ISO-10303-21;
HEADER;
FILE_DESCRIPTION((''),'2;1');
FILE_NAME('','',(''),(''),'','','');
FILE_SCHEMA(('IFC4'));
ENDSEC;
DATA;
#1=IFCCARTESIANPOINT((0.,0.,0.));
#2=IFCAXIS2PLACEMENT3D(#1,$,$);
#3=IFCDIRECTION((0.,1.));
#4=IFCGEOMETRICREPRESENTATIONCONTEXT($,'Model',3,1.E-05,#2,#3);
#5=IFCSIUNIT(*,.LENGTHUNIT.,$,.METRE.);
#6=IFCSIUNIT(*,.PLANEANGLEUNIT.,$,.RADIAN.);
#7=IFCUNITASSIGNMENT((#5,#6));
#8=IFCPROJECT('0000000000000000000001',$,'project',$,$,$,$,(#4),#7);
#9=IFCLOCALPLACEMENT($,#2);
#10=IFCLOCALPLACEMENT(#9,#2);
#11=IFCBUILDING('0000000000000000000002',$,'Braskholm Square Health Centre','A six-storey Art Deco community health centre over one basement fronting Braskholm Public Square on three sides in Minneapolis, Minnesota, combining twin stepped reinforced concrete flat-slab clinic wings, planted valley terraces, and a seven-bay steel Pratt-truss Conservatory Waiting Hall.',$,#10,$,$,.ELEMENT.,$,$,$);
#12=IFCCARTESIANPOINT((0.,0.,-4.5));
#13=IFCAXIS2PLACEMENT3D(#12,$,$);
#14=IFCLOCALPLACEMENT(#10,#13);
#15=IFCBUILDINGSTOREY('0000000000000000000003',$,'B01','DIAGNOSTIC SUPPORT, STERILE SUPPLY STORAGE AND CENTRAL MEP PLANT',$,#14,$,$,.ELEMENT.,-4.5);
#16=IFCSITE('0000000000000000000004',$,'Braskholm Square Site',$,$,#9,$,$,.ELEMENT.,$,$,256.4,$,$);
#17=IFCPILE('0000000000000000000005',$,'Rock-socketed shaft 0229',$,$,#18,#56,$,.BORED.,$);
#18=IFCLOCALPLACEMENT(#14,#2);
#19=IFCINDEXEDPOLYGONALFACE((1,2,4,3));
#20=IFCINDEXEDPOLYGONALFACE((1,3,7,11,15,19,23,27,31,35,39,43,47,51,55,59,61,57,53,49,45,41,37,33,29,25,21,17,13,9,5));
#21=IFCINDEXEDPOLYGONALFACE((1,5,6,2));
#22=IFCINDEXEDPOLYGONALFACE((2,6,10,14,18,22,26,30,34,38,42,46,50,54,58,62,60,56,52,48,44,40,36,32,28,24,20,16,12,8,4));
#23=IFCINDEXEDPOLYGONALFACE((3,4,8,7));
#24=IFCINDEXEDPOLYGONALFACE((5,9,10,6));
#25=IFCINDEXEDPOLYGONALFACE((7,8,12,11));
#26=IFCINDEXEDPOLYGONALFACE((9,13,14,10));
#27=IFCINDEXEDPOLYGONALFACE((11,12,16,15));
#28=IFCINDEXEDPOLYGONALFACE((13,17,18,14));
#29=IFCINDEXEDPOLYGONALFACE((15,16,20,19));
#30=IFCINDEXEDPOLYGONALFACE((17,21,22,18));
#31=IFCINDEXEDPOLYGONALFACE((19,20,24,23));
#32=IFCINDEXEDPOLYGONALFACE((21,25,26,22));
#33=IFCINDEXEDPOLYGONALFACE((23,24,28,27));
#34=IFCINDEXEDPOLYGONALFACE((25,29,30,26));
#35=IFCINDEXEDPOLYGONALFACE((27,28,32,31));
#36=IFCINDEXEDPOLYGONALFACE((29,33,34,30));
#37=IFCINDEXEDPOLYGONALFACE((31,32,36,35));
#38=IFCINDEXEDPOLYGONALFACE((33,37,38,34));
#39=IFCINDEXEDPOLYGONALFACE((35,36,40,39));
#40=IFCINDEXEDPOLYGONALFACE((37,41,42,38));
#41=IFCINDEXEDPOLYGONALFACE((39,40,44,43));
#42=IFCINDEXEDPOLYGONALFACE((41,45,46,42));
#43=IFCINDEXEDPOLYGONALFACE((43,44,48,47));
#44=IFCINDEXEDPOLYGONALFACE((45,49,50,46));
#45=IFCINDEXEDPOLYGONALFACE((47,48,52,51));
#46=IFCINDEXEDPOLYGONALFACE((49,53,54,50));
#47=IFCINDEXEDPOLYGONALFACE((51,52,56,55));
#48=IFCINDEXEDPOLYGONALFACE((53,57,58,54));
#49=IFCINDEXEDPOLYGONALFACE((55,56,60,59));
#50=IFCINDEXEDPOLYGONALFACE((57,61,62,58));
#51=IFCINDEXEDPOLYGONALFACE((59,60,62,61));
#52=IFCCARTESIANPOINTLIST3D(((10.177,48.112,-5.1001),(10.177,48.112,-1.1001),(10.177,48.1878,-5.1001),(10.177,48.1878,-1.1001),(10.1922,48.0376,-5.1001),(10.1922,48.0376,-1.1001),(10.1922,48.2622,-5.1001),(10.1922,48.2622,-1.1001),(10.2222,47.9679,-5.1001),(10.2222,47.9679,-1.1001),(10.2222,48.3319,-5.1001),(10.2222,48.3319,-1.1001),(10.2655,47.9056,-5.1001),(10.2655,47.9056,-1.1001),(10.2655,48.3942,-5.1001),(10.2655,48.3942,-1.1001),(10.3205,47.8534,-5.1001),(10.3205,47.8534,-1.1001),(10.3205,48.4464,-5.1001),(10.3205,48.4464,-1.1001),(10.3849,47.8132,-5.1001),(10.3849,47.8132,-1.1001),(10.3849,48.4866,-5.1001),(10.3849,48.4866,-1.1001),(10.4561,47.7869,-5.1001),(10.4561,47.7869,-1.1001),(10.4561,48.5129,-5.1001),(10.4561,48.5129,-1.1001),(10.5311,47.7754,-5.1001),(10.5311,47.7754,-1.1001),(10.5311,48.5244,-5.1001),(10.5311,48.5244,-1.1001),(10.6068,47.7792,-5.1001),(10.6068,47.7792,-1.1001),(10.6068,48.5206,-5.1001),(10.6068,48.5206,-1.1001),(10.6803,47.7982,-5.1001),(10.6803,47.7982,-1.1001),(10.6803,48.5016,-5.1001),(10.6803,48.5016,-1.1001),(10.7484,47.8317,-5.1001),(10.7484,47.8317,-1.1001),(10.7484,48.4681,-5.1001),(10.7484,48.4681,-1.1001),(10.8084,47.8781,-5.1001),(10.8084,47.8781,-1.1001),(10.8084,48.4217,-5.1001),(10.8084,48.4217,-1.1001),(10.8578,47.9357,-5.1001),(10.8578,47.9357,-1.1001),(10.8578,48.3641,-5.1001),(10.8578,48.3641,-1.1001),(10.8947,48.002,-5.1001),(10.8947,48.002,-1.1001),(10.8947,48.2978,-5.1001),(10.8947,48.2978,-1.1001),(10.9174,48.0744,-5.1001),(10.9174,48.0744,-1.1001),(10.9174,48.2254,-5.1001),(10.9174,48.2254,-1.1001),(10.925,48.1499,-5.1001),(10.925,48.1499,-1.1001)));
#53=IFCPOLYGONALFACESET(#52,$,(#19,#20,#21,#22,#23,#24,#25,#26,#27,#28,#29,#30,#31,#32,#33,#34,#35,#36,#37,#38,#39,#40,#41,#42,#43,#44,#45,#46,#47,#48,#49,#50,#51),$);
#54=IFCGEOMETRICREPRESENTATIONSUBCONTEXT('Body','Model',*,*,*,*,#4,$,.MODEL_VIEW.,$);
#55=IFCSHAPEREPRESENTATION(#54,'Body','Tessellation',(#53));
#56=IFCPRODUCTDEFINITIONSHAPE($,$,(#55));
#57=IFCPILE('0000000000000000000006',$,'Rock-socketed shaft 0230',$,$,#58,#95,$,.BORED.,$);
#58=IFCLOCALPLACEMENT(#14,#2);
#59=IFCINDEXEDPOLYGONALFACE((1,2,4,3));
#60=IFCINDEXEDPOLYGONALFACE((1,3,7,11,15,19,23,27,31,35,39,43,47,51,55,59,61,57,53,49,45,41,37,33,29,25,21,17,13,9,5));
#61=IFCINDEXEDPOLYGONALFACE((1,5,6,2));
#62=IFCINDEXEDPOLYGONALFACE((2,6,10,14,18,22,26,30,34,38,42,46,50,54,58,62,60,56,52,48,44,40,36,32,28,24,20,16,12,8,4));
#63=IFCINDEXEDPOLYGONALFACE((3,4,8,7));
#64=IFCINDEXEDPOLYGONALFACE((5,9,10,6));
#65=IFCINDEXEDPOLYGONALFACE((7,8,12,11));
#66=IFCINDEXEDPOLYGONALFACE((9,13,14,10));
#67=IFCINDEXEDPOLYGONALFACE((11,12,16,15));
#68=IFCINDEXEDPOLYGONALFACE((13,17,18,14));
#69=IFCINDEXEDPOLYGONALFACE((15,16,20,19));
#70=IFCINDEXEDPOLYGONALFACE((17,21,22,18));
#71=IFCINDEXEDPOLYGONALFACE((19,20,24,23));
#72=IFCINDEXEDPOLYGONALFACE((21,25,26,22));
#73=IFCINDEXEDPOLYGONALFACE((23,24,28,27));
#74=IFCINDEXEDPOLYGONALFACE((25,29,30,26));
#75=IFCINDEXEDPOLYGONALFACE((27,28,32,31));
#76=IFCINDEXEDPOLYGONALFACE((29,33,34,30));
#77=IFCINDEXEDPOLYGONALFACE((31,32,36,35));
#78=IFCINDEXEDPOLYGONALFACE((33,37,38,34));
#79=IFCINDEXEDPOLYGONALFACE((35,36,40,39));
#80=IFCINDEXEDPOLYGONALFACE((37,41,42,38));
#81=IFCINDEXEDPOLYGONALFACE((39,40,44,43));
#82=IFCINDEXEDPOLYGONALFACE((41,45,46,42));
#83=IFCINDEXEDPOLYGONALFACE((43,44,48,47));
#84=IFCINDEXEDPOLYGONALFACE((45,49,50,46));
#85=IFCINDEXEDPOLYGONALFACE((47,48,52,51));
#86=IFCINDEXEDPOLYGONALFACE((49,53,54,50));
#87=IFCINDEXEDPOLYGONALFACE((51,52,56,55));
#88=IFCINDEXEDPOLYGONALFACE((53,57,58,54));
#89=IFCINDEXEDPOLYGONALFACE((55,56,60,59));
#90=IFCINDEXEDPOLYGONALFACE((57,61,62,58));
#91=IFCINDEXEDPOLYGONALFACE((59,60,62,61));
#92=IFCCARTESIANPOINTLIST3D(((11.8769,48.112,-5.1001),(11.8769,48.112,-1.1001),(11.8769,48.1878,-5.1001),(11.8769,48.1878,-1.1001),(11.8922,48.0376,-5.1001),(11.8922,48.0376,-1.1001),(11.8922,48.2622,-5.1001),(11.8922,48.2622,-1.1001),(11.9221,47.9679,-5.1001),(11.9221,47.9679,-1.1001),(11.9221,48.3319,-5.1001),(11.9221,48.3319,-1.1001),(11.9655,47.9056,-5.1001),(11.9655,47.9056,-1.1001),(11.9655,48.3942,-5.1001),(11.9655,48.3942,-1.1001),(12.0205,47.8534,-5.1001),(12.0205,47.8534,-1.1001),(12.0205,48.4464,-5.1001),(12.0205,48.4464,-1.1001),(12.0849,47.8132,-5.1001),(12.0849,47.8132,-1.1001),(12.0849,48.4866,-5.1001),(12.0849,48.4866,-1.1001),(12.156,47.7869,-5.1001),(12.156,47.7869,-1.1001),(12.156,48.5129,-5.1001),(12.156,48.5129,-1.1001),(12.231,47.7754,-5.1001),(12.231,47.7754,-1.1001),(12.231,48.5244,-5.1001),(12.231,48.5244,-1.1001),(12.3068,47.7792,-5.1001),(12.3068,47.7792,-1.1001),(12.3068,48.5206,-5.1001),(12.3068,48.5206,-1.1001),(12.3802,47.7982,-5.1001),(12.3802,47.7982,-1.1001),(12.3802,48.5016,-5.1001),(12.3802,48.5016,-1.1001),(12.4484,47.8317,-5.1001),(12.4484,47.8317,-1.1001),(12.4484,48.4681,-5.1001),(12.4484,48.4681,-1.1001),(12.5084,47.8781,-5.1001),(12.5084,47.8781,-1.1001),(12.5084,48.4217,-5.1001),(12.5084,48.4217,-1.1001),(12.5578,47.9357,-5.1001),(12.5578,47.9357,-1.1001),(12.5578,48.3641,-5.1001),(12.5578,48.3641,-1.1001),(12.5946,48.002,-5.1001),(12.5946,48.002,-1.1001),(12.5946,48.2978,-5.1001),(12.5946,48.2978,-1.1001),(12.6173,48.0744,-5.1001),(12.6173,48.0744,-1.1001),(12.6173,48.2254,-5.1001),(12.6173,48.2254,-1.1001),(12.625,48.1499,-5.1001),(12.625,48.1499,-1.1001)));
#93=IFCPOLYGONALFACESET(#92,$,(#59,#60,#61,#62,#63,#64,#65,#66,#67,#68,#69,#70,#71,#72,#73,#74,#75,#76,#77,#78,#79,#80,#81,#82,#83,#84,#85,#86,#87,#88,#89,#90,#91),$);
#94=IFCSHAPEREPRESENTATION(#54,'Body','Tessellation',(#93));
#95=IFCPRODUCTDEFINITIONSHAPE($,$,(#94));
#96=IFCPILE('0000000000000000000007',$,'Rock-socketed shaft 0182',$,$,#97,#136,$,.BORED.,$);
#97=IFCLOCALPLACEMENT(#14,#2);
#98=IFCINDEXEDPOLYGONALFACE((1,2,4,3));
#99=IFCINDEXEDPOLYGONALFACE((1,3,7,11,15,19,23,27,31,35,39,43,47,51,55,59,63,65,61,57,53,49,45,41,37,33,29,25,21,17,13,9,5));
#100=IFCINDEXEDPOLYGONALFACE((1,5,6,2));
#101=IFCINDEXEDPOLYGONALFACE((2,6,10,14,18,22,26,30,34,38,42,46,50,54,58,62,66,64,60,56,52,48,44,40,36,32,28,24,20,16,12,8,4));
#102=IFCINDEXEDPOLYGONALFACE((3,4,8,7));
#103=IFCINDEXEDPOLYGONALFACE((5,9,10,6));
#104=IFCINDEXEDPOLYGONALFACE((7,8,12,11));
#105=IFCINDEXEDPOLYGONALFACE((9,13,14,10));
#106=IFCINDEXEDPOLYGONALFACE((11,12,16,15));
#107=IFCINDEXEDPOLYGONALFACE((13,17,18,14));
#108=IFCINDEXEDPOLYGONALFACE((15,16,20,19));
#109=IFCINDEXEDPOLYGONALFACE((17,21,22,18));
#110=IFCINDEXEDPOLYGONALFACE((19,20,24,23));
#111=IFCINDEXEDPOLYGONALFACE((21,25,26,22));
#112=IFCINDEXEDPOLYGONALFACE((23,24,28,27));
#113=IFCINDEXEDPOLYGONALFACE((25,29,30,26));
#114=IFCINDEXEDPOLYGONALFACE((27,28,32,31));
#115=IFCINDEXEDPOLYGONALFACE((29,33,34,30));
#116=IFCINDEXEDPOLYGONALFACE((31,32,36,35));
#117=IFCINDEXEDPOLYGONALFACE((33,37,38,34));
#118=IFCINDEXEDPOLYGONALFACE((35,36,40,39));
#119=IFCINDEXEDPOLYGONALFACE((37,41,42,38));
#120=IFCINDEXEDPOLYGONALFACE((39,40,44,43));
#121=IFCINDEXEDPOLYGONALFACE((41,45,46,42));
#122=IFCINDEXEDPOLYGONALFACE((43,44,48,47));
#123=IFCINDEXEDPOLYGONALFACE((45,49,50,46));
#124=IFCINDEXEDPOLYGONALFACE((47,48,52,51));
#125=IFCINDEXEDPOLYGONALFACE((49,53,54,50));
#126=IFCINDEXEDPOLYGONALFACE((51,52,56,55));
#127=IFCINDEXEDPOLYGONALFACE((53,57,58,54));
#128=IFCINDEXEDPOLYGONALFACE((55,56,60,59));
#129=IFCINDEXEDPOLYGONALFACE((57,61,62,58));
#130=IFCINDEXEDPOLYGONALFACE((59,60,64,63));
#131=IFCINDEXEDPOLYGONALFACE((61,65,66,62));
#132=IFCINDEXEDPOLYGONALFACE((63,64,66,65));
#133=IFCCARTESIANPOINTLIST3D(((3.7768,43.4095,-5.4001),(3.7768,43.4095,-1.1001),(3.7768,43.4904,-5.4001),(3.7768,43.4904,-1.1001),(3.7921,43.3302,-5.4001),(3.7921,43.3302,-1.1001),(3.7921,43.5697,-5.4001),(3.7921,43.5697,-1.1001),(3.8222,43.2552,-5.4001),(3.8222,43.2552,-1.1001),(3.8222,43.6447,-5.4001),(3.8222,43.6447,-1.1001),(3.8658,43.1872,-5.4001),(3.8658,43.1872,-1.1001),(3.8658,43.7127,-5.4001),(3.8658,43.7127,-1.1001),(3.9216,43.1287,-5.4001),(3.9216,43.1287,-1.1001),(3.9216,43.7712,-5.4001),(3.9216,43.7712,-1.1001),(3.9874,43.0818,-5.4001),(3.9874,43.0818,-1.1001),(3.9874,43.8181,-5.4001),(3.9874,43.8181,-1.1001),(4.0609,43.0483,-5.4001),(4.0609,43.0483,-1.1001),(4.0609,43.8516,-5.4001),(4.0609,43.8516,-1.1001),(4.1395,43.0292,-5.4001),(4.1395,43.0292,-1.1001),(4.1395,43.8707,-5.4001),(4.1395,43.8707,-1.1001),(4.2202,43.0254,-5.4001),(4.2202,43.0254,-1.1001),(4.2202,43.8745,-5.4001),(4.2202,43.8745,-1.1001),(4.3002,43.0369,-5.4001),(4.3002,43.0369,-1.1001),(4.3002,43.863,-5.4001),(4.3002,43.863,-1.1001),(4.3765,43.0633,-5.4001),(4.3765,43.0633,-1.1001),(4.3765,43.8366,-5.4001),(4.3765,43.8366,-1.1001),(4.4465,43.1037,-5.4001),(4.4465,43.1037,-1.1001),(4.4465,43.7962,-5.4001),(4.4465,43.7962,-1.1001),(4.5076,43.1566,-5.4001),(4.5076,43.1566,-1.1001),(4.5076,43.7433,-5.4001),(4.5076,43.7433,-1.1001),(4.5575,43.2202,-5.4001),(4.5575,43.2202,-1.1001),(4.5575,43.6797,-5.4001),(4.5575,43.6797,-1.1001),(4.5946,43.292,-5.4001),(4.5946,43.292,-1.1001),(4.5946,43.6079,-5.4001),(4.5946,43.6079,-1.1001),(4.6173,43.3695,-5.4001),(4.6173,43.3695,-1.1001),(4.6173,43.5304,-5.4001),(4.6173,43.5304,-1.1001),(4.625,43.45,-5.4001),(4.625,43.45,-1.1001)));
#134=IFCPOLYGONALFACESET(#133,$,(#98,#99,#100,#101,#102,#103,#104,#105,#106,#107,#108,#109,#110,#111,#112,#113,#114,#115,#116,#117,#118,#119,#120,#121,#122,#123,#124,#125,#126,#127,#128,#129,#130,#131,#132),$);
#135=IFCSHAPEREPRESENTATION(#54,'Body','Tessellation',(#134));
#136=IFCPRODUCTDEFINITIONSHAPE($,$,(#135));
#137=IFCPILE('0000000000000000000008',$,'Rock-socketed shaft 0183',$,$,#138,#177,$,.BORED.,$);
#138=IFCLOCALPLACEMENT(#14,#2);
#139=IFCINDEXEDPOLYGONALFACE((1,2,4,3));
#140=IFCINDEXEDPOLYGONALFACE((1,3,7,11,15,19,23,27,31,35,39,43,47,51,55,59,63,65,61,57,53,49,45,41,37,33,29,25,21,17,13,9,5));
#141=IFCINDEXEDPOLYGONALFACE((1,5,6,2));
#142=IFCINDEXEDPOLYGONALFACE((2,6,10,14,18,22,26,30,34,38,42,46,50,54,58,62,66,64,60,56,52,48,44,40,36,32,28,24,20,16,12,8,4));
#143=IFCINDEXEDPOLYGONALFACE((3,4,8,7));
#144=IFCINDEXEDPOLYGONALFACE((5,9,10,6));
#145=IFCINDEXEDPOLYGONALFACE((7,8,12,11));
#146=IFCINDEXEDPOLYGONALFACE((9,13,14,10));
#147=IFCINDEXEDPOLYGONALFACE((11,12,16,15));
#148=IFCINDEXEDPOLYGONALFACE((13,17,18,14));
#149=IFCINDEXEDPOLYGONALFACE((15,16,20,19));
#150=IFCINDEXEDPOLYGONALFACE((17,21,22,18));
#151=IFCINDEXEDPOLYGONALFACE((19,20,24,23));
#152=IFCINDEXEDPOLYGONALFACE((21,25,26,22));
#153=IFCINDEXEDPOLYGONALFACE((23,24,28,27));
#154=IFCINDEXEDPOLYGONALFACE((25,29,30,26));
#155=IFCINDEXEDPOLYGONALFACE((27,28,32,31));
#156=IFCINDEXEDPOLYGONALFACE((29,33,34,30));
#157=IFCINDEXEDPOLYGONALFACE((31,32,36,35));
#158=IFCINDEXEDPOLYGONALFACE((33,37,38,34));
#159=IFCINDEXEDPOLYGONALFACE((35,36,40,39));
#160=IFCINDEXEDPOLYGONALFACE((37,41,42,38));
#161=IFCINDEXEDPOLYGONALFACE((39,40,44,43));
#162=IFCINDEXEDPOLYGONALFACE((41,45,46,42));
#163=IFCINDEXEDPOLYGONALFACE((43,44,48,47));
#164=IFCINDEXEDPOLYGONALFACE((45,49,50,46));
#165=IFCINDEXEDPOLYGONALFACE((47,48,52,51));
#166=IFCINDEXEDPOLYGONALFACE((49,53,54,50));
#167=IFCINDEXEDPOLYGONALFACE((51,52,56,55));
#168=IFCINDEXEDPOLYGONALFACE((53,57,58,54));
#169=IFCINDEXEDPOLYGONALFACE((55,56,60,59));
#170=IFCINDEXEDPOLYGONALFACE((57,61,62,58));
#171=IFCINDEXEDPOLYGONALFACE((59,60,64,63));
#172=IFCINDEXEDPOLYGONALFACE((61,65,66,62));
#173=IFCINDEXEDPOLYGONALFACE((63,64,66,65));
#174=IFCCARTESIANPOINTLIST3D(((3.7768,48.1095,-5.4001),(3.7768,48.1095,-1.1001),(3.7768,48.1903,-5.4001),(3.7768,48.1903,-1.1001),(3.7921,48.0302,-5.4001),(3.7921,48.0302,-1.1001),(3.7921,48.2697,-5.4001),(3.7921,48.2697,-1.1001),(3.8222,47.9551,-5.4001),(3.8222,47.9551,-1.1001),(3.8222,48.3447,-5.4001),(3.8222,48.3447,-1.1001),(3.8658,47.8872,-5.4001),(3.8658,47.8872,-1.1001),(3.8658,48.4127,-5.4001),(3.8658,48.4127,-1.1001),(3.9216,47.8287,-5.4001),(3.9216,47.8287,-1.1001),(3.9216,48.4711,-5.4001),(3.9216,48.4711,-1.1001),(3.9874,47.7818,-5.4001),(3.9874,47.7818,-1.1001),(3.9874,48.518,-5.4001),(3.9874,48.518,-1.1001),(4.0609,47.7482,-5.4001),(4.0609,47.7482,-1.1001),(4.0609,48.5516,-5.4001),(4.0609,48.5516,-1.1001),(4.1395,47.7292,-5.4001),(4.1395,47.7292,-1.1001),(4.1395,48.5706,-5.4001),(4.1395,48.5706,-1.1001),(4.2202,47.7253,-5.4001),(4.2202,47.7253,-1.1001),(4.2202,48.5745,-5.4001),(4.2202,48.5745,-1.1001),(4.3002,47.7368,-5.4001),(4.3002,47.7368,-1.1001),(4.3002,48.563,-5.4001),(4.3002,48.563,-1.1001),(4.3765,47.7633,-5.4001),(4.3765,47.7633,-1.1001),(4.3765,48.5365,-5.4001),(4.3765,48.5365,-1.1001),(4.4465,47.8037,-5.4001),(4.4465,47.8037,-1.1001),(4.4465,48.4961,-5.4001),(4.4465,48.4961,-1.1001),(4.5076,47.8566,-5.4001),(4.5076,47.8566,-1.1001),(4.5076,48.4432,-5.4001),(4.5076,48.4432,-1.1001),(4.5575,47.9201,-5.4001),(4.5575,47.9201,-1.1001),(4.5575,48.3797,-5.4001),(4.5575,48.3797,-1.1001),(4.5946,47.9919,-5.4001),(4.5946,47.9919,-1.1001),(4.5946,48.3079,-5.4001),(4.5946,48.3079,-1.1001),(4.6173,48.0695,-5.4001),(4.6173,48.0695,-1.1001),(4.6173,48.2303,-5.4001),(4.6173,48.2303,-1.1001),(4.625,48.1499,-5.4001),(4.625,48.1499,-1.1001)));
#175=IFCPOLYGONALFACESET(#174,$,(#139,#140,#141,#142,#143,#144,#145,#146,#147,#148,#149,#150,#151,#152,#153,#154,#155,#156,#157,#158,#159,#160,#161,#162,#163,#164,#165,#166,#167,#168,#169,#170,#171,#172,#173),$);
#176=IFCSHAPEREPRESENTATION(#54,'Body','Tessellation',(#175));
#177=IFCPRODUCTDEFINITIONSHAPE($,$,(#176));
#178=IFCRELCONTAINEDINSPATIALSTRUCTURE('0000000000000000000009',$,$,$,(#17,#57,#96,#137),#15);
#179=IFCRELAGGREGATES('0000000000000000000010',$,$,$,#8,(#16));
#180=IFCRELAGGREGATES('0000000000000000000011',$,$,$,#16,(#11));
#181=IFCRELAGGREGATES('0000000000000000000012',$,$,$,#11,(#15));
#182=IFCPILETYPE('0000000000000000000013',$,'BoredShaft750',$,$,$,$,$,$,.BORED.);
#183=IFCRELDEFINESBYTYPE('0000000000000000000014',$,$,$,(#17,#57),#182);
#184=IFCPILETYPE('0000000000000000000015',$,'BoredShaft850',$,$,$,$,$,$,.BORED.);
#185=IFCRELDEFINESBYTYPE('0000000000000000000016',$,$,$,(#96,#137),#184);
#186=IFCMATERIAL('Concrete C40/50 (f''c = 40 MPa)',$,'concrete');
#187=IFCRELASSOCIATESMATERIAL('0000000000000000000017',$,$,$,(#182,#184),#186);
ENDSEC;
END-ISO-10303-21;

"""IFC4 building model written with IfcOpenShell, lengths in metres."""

from ifc_helpers import new_model, si_unit, direction, frame, origin, origin_2d, place, context, subcontext, project, spatial, circle, extrude, material, material_profile, profile_set, type_object, element, save


model = new_model("IFC4")

# Units and contexts
model_context = context("Model", 3, precision=1e-05, world=origin(), true_north=direction((0.0, 1.0)))
body_context = subcontext(model_context, "Body", "Model", "MODEL_VIEW")
ifc_project = project(units=[si_unit("LENGTHUNIT", "METRE"), si_unit("PLANEANGLEUNIT", "RADIAN")], contexts=[model_context])

# Site, building, storey
site_placement = place(None, origin())
site = spatial("IfcSite", under=ifc_project, at=site_placement, Name="Braskholm Square Site", CompositionType="ELEMENT", RefElevation=256.4)
building_placement = place(site_placement, origin())
building = spatial("IfcBuilding", under=site, at=building_placement, Name="Braskholm Square Health Centre", Description="A six-storey Art Deco community health centre over one basement fronting Braskholm Public Square on three sides in Minneapolis, Minnesota, combining twin stepped reinforced concrete flat-slab clinic wings, planted valley terraces, and a seven-bay steel Pratt-truss Conservatory Waiting Hall.", CompositionType="ELEMENT")
storey_placement = place(building_placement, frame((0.0, 0.0, -4.5)))
storey = spatial("IfcBuildingStorey", under=building, at=storey_placement, Name="B01", Description="DIAGNOSTIC SUPPORT, STERILE SUPPLY STORAGE AND CENTRAL MEP PLANT", CompositionType="ELEMENT", Elevation=-4.5)

# Piles
ifc_material_1 = material(Name="Concrete C40/50 (f'c = 40 MPa)", Category="concrete")
ifc_material_profile_1 = material_profile(ifc_material_1, circle(Radius=0.375, at=origin_2d()), Name="BORED-PILE-750")
ifc_profile_set_1 = profile_set([ifc_material_profile_1], Name="Concrete C40/50 (f'c = 40 MPa)")
pile_type_1 = type_object("IfcPileType", Name="BoredShaft750", PredefinedType="BORED", material=ifc_profile_set_1)
for number, where, z_axis, x_axis, name in (
    (1, (10.55, 48.1499, -1.1001), (0.0, 0.0, -1.0), (1.0, 0.0, 0.0), "Rock-socketed shaft 0229"),
    (2, (12.25, 48.1499, -1.1001), (0.0, 0.0, -1.0), (1.0, 0.0, 0.0), "Rock-socketed shaft 0230"),
):
    element("IfcPile", number, at=place(storey_placement, frame(where, z_axis=z_axis, x_axis=x_axis)), inside=storey, type_object=pile_type_1, Name=name, PredefinedType="BORED", context=body_context, shape_type="SweptSolid", body=[
        extrude(circle(Radius=0.375, at=origin_2d()), origin(), (0.0, 0.0, 1.0), 4.0),
    ])
ifc_material_profile_2 = material_profile(ifc_material_1, circle(Radius=0.425, at=origin_2d()), Name="BORED-PILE-850")
ifc_profile_set_2 = profile_set([ifc_material_profile_2], Name="Concrete C40/50 (f'c = 40 MPa)")
pile_type_2 = type_object("IfcPileType", Name="BoredShaft850", PredefinedType="BORED", material=ifc_profile_set_2)
for number, where, z_axis, x_axis, name in (
    (3, (4.2, 43.45, -1.1001), (0.0, 0.0, -1.0), (1.0, 0.0, 0.0), "Rock-socketed shaft 0182"),
    (4, (4.2, 48.1499, -1.1001), (0.0, 0.0, -1.0), (1.0, 0.0, 0.0), "Rock-socketed shaft 0183"),
):
    element("IfcPile", number, at=place(storey_placement, frame(where, z_axis=z_axis, x_axis=x_axis)), inside=storey, type_object=pile_type_2, Name=name, PredefinedType="BORED", context=body_context, shape_type="SweptSolid", body=[
        extrude(circle(Radius=0.425, at=origin_2d()), origin(), (0.0, 0.0, 1.0), 4.3),
    ])

save(model, "model.ifc")
